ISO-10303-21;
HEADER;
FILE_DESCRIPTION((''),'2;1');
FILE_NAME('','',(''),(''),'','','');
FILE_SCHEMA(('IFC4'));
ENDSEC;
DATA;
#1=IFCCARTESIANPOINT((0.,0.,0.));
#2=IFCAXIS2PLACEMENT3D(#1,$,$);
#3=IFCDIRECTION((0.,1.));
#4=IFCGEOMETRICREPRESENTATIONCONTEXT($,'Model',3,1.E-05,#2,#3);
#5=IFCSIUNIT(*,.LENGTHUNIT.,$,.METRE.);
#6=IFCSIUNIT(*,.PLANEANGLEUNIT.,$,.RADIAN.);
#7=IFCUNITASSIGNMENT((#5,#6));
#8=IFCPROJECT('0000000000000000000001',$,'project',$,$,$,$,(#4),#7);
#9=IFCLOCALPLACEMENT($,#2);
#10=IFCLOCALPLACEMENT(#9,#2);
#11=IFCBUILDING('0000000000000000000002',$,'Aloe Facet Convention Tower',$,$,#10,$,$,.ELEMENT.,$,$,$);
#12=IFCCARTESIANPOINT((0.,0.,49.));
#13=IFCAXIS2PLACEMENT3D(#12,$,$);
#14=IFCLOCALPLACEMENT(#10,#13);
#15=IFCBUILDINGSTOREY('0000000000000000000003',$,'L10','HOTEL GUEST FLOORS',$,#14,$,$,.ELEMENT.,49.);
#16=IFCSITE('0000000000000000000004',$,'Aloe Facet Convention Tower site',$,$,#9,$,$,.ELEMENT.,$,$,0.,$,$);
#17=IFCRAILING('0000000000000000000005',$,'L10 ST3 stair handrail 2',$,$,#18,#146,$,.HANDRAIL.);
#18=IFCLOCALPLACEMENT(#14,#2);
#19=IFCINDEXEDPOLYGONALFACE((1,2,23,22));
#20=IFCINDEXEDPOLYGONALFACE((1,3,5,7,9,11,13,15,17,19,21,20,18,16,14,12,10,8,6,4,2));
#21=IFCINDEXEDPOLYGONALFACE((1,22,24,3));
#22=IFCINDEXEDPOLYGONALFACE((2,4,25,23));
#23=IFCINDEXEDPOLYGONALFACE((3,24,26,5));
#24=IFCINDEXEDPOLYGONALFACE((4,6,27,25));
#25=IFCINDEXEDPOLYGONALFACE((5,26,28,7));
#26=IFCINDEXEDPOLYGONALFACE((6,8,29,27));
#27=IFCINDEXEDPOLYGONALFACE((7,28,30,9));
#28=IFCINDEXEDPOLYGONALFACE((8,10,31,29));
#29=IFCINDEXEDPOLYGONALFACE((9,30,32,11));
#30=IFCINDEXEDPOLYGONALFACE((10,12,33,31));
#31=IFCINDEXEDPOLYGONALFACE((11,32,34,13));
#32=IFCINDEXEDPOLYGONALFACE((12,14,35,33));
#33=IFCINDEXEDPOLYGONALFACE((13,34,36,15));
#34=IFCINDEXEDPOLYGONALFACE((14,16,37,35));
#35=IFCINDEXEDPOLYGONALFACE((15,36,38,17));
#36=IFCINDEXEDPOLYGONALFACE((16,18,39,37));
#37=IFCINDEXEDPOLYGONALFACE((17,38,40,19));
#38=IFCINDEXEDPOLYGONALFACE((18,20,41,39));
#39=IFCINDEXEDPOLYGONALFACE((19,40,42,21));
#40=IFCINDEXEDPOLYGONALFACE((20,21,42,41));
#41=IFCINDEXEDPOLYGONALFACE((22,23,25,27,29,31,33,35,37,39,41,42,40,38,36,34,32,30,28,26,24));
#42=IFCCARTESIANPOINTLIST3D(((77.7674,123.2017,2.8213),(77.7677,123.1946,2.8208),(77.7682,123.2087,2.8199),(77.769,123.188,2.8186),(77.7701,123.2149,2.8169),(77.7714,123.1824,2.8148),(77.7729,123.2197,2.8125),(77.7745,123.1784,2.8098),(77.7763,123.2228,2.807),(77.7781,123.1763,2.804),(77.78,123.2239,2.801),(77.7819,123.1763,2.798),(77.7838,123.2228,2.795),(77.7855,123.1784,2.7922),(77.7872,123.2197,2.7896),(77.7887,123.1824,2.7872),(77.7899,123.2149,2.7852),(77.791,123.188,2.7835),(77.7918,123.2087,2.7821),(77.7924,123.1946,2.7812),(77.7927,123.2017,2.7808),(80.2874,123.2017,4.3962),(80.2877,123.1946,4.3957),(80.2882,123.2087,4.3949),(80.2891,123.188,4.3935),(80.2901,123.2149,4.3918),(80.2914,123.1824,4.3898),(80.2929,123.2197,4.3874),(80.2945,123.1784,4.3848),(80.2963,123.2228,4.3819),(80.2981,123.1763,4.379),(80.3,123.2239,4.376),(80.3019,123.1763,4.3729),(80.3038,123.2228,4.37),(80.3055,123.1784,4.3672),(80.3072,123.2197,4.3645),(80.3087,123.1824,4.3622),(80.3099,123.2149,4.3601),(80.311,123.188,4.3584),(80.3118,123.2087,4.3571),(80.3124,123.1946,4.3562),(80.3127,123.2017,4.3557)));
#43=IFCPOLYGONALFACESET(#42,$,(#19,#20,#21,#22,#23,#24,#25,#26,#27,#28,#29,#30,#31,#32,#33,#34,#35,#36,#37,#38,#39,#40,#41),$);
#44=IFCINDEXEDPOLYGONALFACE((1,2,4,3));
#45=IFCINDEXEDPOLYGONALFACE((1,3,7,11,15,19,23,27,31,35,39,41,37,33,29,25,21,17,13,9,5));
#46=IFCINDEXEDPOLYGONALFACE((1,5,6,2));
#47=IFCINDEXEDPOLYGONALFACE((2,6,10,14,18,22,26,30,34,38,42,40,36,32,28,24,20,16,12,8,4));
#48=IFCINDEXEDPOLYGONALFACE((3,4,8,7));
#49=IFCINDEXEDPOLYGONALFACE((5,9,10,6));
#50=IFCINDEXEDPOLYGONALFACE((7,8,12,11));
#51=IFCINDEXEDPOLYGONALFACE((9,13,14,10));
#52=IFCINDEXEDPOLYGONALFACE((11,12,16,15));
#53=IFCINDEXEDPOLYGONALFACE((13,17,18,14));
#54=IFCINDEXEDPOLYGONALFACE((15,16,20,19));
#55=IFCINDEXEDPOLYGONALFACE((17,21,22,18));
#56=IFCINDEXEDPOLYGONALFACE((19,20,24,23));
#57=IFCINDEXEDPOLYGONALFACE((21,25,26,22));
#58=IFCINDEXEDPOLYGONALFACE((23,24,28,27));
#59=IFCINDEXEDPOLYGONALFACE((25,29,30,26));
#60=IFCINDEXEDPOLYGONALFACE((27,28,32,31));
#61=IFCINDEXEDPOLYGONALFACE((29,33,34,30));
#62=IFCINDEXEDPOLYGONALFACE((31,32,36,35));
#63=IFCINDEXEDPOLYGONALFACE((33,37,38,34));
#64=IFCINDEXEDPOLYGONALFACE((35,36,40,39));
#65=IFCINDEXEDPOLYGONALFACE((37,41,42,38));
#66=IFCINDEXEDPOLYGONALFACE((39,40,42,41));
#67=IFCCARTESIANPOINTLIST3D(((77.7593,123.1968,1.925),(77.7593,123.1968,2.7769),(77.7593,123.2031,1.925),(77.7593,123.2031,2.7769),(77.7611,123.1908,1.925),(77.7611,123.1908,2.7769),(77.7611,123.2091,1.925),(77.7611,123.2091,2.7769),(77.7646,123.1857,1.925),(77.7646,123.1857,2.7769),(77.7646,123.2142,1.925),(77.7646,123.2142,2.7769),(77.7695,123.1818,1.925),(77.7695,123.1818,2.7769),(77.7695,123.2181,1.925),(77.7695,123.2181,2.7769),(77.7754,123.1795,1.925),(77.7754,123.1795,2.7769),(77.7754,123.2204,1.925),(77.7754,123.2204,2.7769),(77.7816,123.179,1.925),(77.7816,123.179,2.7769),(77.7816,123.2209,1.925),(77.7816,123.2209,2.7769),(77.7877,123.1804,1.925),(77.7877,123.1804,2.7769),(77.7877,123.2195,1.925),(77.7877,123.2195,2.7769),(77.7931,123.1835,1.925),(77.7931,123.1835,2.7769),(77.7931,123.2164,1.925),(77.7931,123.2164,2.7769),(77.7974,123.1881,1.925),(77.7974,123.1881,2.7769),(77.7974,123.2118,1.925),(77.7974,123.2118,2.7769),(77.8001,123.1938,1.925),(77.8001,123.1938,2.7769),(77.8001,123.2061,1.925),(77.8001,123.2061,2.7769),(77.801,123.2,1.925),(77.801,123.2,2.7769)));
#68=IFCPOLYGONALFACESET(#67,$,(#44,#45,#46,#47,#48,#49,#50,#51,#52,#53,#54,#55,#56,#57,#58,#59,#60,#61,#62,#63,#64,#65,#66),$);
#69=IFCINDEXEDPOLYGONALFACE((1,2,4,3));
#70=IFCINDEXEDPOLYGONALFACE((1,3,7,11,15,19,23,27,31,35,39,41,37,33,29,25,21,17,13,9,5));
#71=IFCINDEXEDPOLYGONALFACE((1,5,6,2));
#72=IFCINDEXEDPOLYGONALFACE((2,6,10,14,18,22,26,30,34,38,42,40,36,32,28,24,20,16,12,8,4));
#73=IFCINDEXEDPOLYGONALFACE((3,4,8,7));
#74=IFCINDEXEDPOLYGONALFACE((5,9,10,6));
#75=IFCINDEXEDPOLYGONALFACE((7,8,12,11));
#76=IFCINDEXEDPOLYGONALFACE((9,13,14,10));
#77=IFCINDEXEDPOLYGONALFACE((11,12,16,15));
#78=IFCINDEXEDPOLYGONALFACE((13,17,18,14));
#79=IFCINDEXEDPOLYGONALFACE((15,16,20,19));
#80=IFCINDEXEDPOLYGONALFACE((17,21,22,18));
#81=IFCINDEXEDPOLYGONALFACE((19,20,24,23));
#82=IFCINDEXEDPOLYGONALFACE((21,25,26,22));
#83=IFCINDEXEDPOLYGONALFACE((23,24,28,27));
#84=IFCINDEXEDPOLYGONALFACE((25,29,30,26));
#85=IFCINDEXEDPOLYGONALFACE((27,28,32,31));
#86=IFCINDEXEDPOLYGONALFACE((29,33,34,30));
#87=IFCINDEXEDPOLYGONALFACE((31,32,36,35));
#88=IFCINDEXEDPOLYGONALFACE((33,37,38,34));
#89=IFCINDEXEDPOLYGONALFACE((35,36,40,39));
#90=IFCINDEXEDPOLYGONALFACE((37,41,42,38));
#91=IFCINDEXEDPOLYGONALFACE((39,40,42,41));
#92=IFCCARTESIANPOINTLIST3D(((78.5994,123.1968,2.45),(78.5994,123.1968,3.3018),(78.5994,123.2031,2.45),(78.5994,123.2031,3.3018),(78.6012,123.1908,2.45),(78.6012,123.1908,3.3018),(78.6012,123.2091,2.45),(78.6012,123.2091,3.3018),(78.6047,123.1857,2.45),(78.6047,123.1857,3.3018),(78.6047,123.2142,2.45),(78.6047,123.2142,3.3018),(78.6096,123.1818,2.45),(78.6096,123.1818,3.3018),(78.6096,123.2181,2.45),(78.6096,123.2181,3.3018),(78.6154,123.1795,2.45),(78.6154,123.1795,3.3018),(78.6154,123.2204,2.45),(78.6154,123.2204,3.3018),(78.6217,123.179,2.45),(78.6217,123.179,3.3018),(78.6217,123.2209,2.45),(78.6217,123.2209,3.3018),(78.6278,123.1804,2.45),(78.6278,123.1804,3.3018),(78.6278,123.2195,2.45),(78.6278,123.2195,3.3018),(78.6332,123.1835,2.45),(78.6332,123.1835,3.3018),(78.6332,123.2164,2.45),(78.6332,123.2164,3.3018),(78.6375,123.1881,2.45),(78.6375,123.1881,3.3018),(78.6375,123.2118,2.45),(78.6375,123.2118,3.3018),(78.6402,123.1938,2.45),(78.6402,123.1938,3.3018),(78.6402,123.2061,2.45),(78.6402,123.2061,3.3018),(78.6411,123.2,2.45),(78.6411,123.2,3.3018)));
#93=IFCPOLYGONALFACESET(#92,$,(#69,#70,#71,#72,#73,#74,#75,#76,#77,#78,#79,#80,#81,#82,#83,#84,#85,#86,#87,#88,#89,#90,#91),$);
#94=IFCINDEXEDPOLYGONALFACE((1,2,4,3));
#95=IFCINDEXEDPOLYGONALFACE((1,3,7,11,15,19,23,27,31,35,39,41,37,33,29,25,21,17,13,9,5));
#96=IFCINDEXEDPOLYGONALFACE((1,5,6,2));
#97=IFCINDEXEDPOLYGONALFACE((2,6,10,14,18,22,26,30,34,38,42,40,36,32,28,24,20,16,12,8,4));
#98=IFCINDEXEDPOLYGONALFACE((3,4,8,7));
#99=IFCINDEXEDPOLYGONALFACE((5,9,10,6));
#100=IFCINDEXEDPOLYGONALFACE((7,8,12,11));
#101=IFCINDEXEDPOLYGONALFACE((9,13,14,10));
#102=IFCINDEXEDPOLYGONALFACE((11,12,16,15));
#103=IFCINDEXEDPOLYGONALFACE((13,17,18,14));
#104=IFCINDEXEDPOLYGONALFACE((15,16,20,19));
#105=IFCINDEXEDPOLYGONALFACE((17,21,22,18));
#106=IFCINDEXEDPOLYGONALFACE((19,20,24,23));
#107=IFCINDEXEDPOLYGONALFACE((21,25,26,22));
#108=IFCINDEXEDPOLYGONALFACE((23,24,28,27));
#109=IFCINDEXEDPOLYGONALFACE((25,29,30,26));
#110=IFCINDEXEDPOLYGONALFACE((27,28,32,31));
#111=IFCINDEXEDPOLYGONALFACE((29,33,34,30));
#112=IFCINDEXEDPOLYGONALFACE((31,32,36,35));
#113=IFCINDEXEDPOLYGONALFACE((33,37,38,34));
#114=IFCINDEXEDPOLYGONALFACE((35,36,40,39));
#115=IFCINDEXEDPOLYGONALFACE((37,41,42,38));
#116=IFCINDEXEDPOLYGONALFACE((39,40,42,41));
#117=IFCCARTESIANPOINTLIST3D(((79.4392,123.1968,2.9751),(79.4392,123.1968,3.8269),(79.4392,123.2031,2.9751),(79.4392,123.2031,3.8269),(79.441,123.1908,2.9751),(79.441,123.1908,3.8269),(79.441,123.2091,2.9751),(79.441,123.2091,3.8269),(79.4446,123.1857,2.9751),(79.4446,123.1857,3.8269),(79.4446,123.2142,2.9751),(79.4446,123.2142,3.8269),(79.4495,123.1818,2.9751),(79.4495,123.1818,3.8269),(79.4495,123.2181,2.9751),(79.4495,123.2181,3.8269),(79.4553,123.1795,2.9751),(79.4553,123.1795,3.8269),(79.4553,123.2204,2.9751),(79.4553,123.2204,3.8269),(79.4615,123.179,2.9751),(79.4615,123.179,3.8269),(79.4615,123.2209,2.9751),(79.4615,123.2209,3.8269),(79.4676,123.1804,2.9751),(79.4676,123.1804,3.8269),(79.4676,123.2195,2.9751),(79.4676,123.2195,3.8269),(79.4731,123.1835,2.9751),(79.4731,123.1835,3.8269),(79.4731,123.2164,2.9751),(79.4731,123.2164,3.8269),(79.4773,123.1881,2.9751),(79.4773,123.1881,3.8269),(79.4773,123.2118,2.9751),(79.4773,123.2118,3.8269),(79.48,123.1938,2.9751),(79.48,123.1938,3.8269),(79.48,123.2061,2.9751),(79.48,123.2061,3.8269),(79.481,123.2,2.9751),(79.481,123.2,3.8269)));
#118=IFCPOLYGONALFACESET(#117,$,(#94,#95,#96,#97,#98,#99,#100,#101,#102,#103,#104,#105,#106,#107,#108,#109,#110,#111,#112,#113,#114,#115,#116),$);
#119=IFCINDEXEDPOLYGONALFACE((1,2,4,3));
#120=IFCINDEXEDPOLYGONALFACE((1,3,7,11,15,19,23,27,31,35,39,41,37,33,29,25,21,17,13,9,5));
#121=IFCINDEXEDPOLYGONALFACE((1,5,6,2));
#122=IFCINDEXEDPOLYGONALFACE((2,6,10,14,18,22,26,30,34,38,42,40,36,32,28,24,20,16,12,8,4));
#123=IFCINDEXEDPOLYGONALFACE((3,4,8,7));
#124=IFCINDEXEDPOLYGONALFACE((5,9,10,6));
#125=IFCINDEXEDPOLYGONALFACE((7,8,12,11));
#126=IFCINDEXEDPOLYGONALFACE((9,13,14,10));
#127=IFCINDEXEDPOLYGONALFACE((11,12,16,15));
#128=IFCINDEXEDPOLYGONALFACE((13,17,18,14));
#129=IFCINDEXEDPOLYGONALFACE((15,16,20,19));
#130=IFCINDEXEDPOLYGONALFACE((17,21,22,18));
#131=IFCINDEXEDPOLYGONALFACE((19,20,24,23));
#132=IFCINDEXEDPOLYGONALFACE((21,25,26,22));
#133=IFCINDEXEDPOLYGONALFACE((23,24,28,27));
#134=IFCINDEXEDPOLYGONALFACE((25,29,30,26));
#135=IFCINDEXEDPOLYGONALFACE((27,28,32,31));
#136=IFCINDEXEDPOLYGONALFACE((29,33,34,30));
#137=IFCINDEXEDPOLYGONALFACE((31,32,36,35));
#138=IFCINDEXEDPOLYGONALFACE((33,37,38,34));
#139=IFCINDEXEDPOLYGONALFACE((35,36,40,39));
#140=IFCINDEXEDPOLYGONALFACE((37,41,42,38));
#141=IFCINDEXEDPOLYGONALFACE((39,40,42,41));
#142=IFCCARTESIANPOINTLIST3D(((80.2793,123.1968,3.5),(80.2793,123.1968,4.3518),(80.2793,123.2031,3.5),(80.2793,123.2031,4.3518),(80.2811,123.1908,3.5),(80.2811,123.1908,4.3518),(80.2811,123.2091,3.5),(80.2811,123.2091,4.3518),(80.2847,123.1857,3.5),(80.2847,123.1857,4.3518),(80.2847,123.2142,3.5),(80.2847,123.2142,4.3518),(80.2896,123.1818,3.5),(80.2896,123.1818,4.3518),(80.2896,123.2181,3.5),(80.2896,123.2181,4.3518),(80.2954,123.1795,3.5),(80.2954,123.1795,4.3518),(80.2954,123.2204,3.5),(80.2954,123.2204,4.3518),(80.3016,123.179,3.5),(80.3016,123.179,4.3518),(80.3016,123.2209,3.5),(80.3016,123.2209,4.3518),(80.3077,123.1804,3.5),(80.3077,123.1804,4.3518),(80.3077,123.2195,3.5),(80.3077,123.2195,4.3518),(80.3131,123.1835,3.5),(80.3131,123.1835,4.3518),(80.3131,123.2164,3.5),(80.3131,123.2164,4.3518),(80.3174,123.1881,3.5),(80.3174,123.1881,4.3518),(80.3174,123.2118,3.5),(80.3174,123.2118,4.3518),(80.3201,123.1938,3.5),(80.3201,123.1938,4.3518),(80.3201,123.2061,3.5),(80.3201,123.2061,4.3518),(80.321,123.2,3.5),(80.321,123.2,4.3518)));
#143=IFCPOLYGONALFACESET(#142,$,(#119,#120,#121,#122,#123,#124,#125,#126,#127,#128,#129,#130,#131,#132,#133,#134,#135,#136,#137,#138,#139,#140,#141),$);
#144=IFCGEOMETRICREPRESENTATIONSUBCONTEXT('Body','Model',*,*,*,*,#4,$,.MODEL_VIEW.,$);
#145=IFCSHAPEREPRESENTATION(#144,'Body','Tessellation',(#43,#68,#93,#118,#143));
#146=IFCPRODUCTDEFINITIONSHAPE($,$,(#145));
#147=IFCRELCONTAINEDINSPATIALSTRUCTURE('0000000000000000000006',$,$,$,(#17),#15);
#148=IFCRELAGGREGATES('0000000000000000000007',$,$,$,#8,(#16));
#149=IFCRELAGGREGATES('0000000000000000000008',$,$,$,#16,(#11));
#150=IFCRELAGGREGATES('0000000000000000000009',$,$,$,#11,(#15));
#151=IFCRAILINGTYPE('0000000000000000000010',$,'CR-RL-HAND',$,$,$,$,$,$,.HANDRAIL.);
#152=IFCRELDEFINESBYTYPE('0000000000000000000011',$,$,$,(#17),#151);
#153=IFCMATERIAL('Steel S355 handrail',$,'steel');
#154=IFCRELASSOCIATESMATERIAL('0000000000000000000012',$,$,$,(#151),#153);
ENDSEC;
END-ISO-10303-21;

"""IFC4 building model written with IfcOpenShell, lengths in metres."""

from ifc_helpers import new_model, si_unit, direction, frame, origin, origin_2d, place, context, subcontext, project, spatial, circle, extrude, material, type_object, element, save


model = new_model("IFC4")

# Units and contexts
model_context = context("Model", 3, precision=1e-05, world=origin(), true_north=direction((0.0, 1.0)))
body_context = subcontext(model_context, "Body", "Model", "MODEL_VIEW")
ifc_project = project(units=[si_unit("LENGTHUNIT", "METRE"), si_unit("PLANEANGLEUNIT", "RADIAN")], contexts=[model_context])

# Site, building, storey
site_placement = place(None, origin())
site = spatial("IfcSite", under=ifc_project, at=site_placement, Name="Aloe Facet Convention Tower site", CompositionType="ELEMENT", RefElevation=0.0)
building_placement = place(site_placement, origin())
building = spatial("IfcBuilding", under=site, at=building_placement, Name="Aloe Facet Convention Tower", CompositionType="ELEMENT")
storey_placement = place(building_placement, frame((0.0, 0.0, 49.0)))
storey = spatial("IfcBuildingStorey", under=building, at=storey_placement, Name="L10", Description="HOTEL GUEST FLOORS", CompositionType="ELEMENT", Elevation=49.0)

# Railing
ifc_material_1 = material(Name="Steel S355 handrail", Category="steel")
railing_type_1 = type_object("IfcRailingType", Name="CR-RL-HAND", PredefinedType="HANDRAIL", material=ifc_material_1)
railing_1_placement = place(storey_placement, frame((77.78, 123.2, 1.925)))
element("IfcRailing", 1, at=railing_1_placement, inside=storey, type_object=railing_type_1, Name="L10 ST3 stair handrail 2", PredefinedType="HANDRAIL", context=body_context, shape_type="SweptSolid", body=[
    extrude(circle(Radius=0.0239, at=origin_2d()), frame((0.0, 0.0, 0.876), z_axis=(0.848008, 0.0, 0.529984), x_axis=(0.0, 1.0, 0.0)), (0.0, 0.0, 1.0), 2.9717),
    extrude(circle(Radius=0.021, at=origin_2d()), origin(), (0.0, 0.0, 1.0), 0.8518),
    extrude(circle(Radius=0.021, at=origin_2d()), frame((0.8401, 0.0, 0.5249)), (0.0, 0.0, 1.0), 0.8518),
    extrude(circle(Radius=0.021, at=origin_2d()), frame((1.6799, 0.0, 1.05)), (0.0, 0.0, 1.0), 0.8518),
    extrude(circle(Radius=0.021, at=origin_2d()), frame((2.52, 0.0, 1.575)), (0.0, 0.0, 1.0), 0.8518),
])

save(model, "model.ifc")
